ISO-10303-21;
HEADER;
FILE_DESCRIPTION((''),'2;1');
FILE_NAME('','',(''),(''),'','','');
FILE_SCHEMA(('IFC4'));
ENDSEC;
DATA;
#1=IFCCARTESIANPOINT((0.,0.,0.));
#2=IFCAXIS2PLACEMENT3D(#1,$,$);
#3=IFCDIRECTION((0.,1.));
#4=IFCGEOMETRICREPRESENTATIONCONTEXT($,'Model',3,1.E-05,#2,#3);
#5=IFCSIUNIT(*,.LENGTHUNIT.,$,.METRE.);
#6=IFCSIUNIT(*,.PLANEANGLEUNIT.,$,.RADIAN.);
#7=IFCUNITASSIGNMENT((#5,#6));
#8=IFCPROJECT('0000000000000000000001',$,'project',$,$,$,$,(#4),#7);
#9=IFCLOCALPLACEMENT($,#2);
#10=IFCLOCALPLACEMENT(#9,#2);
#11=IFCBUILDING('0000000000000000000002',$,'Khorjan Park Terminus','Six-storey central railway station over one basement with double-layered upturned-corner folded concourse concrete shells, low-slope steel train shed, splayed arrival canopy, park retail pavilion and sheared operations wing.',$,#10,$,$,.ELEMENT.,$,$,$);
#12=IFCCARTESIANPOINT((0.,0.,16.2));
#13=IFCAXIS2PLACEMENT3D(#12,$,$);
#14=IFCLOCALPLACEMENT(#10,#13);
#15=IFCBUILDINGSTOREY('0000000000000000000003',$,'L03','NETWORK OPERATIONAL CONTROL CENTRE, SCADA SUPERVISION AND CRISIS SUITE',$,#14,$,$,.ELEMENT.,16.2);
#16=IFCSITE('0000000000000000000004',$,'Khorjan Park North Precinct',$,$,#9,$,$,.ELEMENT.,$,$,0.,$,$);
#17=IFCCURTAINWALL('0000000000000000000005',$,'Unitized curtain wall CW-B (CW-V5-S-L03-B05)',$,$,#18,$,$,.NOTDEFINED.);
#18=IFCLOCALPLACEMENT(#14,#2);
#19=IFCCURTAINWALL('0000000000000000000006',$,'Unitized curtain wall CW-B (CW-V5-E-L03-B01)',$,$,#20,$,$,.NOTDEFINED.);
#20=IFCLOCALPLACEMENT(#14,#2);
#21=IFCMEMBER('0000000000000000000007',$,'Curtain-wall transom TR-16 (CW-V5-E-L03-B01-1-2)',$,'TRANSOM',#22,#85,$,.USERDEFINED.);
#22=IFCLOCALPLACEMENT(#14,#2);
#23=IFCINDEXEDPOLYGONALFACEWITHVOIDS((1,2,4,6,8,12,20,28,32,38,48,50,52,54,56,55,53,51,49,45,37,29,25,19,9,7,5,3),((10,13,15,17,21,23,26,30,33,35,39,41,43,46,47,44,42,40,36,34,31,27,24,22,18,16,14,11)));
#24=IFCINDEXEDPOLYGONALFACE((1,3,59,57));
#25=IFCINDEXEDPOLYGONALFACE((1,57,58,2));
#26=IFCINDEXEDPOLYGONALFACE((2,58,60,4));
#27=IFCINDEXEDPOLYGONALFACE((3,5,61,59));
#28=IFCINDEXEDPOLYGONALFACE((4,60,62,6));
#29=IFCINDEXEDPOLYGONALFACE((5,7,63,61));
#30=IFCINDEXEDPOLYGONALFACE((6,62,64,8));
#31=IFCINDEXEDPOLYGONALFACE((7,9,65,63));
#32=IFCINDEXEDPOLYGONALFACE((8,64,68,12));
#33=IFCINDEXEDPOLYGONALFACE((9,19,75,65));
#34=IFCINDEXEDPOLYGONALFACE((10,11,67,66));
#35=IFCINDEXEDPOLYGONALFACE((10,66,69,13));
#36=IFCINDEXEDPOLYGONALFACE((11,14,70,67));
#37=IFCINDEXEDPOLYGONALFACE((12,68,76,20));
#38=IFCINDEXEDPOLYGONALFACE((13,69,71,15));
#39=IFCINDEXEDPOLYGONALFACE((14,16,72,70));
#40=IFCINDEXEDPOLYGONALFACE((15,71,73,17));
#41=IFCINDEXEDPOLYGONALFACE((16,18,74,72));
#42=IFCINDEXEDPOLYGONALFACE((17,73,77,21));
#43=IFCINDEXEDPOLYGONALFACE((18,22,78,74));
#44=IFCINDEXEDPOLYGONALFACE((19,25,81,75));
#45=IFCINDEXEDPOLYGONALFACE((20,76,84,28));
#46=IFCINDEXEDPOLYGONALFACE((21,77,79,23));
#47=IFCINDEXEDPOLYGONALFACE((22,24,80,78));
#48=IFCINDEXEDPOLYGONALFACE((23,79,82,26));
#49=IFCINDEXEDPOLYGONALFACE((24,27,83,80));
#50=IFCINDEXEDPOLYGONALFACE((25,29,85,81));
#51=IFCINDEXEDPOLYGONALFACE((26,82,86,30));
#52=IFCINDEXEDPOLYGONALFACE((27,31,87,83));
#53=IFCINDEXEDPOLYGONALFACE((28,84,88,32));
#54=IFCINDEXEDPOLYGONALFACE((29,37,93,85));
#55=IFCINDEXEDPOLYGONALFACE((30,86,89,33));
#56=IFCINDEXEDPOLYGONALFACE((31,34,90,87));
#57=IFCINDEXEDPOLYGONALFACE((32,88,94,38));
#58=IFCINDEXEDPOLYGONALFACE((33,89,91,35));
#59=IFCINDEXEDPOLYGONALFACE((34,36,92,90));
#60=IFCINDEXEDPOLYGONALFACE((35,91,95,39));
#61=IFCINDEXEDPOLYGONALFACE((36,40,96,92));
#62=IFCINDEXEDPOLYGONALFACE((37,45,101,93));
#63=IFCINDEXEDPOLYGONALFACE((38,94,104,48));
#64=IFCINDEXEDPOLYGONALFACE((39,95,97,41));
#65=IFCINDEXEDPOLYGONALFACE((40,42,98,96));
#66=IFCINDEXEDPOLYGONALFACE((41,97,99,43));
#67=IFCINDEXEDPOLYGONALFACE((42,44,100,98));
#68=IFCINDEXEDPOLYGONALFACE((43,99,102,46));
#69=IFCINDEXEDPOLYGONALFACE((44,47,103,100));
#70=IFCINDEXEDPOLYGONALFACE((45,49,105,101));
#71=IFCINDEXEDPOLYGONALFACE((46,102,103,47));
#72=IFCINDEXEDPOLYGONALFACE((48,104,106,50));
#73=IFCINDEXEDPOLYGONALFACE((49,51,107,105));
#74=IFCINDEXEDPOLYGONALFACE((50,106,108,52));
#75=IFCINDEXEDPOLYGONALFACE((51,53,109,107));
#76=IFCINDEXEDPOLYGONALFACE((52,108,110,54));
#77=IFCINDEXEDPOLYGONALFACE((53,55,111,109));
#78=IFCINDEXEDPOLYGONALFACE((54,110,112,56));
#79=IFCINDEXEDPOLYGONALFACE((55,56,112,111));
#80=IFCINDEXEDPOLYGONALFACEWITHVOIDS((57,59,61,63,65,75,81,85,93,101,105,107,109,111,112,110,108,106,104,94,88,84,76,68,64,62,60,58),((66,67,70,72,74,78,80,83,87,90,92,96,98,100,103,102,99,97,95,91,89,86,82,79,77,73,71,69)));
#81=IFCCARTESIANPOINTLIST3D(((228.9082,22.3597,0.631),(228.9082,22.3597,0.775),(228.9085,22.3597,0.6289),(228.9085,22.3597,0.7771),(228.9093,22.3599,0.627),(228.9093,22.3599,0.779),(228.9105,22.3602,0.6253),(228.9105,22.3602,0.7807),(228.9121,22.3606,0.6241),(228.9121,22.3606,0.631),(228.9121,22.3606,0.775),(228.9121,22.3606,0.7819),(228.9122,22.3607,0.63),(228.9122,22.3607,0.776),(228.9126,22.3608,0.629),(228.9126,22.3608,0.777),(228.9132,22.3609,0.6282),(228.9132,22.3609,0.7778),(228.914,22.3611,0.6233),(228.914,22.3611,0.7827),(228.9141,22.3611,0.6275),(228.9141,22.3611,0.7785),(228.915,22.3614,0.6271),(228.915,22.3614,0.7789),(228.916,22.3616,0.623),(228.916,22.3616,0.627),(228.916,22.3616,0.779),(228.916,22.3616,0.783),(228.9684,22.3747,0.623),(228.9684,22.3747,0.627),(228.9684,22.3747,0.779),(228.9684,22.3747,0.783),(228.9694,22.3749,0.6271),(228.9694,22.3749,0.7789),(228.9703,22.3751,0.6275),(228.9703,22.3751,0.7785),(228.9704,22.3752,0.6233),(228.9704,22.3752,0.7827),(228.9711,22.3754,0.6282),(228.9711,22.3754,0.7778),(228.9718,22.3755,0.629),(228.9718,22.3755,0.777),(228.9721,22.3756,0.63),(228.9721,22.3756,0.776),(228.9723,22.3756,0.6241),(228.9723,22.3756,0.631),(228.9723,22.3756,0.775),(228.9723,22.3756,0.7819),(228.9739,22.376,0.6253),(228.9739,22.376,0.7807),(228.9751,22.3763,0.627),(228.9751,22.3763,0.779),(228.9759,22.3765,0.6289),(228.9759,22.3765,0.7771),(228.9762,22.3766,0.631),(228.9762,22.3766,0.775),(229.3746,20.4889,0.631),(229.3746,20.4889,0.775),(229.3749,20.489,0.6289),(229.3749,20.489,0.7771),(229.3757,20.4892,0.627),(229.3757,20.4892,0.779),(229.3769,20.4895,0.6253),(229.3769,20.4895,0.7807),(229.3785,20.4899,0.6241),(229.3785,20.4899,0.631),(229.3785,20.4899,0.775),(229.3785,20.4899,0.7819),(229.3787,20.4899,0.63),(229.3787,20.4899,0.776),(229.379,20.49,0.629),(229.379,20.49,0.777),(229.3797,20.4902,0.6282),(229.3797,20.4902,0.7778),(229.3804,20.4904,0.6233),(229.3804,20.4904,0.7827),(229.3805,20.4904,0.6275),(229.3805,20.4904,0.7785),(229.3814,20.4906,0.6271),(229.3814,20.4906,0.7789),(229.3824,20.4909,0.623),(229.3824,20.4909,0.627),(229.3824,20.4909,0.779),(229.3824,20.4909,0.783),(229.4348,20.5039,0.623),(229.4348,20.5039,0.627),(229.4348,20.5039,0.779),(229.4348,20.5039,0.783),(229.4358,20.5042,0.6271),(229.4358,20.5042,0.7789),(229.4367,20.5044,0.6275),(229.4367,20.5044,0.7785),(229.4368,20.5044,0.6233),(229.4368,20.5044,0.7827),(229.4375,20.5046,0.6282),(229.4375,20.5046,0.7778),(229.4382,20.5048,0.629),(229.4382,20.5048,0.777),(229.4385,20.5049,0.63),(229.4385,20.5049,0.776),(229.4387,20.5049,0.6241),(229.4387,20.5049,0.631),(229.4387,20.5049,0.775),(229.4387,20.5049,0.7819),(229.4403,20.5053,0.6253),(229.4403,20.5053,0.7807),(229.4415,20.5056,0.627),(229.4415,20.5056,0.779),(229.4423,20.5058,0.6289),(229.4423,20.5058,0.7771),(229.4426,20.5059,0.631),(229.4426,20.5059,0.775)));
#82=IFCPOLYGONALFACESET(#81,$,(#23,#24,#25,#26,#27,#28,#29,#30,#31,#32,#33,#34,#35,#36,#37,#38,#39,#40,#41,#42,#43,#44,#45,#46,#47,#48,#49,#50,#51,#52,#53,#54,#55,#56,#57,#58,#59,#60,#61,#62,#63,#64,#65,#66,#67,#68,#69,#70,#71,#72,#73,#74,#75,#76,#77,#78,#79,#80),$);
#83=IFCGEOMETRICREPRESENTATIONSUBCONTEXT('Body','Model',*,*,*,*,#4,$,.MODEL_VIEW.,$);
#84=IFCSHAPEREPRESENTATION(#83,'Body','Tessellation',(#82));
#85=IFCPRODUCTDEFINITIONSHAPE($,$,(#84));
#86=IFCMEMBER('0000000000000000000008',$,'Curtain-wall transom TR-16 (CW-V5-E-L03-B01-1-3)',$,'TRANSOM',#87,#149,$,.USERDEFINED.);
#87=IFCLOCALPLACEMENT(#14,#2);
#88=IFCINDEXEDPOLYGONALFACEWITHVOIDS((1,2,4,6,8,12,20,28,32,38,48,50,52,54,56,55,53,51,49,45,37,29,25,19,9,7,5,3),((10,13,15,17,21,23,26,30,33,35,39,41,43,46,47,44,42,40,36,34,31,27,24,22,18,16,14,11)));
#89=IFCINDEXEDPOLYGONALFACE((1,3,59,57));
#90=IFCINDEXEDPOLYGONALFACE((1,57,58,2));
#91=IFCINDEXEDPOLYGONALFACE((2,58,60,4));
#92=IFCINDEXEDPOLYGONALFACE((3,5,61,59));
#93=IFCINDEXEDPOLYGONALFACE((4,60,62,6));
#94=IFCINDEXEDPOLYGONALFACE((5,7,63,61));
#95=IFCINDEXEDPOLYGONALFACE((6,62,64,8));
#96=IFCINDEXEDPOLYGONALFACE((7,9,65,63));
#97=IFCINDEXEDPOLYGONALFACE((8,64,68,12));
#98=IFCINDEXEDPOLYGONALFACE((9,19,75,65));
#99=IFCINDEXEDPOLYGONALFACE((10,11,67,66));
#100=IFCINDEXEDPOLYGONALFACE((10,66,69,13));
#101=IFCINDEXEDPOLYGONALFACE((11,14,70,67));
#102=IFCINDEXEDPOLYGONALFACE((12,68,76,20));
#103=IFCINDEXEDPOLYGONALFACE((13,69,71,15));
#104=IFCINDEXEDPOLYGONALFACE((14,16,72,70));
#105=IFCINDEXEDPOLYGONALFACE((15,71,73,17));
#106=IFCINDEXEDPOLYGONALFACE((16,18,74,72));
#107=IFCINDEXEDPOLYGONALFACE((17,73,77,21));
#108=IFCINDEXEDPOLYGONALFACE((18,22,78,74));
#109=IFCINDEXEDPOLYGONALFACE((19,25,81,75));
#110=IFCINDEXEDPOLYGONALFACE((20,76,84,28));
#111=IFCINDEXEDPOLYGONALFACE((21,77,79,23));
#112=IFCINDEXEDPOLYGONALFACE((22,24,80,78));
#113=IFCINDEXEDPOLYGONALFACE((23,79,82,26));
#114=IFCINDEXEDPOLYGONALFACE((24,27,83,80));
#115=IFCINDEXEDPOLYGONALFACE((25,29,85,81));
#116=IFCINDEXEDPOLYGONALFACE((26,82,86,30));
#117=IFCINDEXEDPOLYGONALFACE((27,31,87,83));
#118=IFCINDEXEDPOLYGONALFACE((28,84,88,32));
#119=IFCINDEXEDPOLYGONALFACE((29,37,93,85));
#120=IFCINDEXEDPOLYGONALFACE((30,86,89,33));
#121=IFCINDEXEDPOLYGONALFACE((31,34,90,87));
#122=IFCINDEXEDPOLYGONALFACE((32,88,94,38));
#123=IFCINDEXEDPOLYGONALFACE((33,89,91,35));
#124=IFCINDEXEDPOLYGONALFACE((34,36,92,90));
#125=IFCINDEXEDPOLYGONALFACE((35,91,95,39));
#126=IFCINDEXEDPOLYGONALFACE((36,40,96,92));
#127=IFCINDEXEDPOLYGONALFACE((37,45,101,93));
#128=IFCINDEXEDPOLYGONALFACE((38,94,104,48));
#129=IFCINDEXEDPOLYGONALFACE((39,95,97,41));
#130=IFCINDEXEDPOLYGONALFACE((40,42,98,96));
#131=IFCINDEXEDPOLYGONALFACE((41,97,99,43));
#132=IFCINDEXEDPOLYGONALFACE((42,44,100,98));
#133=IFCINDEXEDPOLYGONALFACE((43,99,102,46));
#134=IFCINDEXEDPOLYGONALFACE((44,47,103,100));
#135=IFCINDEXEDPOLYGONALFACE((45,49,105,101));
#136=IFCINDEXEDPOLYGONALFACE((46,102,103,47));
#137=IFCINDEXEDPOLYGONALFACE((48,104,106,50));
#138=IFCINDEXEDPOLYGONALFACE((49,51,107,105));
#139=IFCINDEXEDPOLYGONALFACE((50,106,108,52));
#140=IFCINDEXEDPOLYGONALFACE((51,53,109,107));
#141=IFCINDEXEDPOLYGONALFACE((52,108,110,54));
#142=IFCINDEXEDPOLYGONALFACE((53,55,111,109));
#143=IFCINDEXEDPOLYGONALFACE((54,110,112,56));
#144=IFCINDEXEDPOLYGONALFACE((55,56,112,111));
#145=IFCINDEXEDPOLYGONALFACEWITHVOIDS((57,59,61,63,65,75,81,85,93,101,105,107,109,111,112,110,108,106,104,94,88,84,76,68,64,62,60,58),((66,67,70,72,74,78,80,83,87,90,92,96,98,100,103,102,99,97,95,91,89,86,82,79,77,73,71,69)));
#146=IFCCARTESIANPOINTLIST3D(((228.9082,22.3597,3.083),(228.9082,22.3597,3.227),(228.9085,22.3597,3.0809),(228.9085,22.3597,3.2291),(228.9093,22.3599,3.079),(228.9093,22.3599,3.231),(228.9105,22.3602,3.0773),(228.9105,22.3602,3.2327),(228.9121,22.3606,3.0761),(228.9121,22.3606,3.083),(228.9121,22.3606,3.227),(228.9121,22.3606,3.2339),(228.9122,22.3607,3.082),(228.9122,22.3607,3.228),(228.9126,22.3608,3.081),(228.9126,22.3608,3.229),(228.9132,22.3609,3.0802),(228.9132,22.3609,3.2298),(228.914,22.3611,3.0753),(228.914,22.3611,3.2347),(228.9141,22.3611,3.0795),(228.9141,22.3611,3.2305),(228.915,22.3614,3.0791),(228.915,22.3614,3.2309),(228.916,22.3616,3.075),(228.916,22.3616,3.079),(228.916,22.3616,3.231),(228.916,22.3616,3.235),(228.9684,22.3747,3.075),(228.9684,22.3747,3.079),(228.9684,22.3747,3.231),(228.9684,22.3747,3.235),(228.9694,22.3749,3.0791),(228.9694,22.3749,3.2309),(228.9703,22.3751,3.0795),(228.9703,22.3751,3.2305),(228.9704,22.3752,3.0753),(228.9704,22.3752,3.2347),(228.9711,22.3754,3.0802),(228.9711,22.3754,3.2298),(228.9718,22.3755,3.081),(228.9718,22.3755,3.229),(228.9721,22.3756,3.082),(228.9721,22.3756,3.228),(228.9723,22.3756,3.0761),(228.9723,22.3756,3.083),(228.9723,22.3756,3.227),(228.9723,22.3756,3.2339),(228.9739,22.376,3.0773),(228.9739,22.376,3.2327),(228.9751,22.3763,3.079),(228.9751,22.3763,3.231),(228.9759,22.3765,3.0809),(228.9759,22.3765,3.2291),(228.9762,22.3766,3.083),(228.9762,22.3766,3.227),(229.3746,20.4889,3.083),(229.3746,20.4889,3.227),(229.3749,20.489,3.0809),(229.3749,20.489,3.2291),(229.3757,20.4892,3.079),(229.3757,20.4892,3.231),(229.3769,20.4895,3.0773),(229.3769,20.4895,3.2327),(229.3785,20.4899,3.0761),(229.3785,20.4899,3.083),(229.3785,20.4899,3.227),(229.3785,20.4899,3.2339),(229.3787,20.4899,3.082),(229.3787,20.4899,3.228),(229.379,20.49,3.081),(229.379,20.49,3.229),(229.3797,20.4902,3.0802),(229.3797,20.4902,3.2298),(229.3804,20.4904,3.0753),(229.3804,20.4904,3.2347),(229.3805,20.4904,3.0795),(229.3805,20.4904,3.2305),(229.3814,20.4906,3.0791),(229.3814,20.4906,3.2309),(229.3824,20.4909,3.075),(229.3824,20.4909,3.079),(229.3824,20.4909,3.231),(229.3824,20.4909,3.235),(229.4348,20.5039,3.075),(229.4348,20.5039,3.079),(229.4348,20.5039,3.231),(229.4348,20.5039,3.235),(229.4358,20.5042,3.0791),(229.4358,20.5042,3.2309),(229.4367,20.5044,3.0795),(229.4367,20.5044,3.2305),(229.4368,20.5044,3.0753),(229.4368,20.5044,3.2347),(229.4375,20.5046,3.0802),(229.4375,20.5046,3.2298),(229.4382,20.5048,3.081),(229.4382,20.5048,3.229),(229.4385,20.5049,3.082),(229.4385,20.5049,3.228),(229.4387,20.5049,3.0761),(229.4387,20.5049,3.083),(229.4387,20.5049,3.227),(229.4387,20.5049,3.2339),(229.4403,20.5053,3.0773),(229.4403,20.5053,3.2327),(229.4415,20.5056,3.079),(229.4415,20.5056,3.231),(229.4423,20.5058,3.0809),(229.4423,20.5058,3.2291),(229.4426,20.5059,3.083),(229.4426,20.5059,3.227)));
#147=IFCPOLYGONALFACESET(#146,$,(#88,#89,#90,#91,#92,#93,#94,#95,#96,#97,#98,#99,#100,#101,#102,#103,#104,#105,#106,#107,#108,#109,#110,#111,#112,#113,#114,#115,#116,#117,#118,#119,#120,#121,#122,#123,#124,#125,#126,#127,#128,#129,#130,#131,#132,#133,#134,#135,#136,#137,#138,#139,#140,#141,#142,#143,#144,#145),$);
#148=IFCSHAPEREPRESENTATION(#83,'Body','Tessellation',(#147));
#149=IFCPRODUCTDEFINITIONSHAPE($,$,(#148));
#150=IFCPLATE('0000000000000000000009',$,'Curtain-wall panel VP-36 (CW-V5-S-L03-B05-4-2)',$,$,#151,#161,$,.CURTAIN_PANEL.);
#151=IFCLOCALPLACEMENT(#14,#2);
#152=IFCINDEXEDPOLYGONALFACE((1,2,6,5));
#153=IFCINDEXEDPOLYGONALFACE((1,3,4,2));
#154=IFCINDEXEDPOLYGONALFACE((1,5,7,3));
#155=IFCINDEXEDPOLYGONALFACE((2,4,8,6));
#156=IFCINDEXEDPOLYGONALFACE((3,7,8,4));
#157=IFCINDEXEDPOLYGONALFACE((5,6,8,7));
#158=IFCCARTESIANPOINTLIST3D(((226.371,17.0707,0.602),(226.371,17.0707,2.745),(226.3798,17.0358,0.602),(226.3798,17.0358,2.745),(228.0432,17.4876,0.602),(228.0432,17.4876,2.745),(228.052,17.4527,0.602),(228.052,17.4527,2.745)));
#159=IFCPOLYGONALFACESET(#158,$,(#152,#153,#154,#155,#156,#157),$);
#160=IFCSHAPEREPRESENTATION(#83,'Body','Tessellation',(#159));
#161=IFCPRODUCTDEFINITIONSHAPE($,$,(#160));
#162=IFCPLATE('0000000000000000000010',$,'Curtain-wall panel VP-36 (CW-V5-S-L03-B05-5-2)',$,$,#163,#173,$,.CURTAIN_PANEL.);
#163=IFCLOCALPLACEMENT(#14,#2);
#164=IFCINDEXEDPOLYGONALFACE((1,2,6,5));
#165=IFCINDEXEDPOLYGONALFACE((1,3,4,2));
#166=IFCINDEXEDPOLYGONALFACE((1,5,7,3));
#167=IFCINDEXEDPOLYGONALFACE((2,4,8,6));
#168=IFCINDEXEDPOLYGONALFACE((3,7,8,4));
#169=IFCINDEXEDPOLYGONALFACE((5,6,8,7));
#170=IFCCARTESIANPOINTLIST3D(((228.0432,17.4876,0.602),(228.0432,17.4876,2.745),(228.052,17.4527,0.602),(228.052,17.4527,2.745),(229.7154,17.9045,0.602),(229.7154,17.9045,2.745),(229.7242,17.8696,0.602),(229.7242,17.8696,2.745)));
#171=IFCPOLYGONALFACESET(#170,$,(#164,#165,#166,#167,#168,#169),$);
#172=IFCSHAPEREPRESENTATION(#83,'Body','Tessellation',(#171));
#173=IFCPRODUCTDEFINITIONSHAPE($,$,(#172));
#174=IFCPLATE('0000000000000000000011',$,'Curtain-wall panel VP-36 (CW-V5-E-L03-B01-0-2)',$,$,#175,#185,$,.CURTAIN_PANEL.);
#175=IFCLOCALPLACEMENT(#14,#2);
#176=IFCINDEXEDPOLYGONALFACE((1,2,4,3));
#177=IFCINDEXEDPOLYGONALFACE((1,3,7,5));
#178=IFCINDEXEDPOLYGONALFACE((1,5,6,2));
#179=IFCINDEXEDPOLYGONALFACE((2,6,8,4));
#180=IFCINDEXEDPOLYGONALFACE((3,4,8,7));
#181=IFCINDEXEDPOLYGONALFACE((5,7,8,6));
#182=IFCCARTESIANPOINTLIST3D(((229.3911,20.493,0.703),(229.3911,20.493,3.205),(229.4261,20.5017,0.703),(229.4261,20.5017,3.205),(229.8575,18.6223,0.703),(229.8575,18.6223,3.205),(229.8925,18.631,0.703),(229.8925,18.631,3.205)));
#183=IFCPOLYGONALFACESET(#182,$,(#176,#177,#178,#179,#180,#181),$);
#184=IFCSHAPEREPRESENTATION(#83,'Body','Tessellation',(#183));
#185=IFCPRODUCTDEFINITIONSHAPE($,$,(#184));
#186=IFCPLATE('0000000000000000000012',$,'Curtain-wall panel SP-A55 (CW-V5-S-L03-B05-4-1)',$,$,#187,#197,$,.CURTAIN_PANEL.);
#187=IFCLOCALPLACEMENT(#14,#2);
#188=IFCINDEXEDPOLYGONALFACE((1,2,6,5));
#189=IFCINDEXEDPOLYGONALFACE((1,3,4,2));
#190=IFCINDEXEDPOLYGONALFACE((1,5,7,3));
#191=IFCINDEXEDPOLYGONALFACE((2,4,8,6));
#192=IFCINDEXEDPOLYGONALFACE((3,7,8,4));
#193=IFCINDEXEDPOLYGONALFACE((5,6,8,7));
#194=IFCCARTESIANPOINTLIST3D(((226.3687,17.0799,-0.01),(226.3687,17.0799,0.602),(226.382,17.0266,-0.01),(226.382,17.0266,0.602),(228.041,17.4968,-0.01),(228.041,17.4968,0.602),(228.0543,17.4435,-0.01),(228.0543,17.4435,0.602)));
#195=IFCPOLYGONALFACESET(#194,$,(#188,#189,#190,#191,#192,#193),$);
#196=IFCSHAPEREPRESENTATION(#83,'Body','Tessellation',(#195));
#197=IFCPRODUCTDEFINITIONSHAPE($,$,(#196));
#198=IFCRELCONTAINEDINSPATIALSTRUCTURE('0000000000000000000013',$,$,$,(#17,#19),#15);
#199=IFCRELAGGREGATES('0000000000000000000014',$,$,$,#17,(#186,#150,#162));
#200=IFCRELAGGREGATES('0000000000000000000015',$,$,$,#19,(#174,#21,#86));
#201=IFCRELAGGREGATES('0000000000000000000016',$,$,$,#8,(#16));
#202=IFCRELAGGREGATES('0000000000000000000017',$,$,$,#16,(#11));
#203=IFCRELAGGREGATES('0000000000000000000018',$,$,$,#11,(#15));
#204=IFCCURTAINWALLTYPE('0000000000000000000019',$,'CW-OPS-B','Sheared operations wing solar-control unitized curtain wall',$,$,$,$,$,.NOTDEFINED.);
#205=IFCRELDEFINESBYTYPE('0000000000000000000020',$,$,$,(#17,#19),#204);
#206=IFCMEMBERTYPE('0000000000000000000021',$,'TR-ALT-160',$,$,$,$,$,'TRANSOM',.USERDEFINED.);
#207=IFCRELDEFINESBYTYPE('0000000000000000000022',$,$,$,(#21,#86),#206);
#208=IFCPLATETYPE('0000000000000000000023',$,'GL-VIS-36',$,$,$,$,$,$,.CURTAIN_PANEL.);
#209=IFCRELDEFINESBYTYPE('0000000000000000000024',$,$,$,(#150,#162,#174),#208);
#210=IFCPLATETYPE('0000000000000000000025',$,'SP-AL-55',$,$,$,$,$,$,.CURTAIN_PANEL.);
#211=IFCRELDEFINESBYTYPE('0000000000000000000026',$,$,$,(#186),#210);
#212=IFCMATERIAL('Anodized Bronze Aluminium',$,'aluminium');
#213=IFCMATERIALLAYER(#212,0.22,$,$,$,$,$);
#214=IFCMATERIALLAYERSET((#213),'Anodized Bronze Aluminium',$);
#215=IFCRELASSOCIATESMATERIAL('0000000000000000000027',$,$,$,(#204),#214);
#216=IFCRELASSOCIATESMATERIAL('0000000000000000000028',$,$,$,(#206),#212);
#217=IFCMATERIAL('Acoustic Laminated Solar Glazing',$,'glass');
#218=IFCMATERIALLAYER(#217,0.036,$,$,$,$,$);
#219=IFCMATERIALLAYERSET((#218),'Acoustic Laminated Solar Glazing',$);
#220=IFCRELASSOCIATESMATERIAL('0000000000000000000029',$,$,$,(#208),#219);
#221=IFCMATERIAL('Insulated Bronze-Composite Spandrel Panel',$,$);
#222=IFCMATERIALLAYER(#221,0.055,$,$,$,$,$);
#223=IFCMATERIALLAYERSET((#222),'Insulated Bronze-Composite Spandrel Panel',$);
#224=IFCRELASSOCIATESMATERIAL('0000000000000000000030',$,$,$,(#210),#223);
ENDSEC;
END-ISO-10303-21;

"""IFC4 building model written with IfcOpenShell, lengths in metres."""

from ifc_helpers import new_model, si_unit, direction, frame, origin, origin_2d, place, context, subcontext, project, spatial, rectangle, hollow_rectangle, extrude, material, layer, layer_set, material_profile, profile_set, type_object, element, aggregate, save


model = new_model("IFC4")

# Units and contexts
model_context = context("Model", 3, precision=1e-05, world=origin(), true_north=direction((0.0, 1.0)))
body_context = subcontext(model_context, "Body", "Model", "MODEL_VIEW")
ifc_project = project(units=[si_unit("LENGTHUNIT", "METRE"), si_unit("PLANEANGLEUNIT", "RADIAN")], contexts=[model_context])

# Site, building, storey
site_placement = place(None, origin())
site = spatial("IfcSite", under=ifc_project, at=site_placement, Name="Khorjan Park North Precinct", CompositionType="ELEMENT", RefElevation=0.0)
building_placement = place(site_placement, origin())
building = spatial("IfcBuilding", under=site, at=building_placement, Name="Khorjan Park Terminus", Description="Six-storey central railway station over one basement with double-layered upturned-corner folded concourse concrete shells, low-slope steel train shed, splayed arrival canopy, park retail pavilion and sheared operations wing.", CompositionType="ELEMENT")
storey_placement = place(building_placement, frame((0.0, 0.0, 16.2)))
storey = spatial("IfcBuildingStorey", under=building, at=storey_placement, Name="L03", Description="NETWORK OPERATIONAL CONTROL CENTRE, SCADA SUPERVISION AND CRISIS SUITE", CompositionType="ELEMENT", Elevation=16.2)

# Curtain walls
ifc_material_1 = material(Name="Anodized Bronze Aluminium", Category="aluminium")
ifc_layer_1 = layer(ifc_material_1, 0.22)
ifc_layer_set_1 = layer_set([ifc_layer_1], Name="Anodized Bronze Aluminium")
curtain_wall_type = type_object("IfcCurtainWallType", Name="CW-OPS-B", Description="Sheared operations wing solar-control unitized curtain wall", PredefinedType="NOTDEFINED", material=ifc_layer_set_1)
curtain_wall_1_placement = place(storey_placement, origin())
curtain_wall_1 = element("IfcCurtainWall", 1, at=curtain_wall_1_placement, inside=storey, type_object=curtain_wall_type, Name="Unitized curtain wall CW-B (CW-V5-S-L03-B05)", PredefinedType="NOTDEFINED")
curtain_wall_2_placement = place(storey_placement, origin())
curtain_wall_2 = element("IfcCurtainWall", 2, at=curtain_wall_2_placement, inside=storey, type_object=curtain_wall_type, Name="Unitized curtain wall CW-B (CW-V5-E-L03-B01)", PredefinedType="NOTDEFINED")

# Members
ifc_material_profile_1 = material_profile(ifc_material_1, hollow_rectangle(XDim=0.07, YDim=0.16, WallThickness=0.004, InnerFilletRadius=0.004, OuterFilletRadius=0.008, at=origin_2d()), Name="ALT 70x160x4")
ifc_profile_set_1 = profile_set([ifc_material_profile_1], Name="Anodized Bronze Aluminium")
member_type_1 = type_object("IfcMemberType", Name="TR-ALT-160", ElementType="TRANSOM", PredefinedType="USERDEFINED", material=ifc_profile_set_1)
member_1_placement = place(storey_placement, frame((229.4086, 20.4974, 0.703), z_axis=(-0.241913, 0.970298, 0.0), x_axis=(-0.970298, -0.241913, 0.0)))
member_1 = element("IfcMember", 3, at=member_1_placement, type_object=member_type_1, Name="Curtain-wall transom TR-16 (CW-V5-E-L03-B01-1-2)", ObjectType="TRANSOM", PredefinedType="USERDEFINED", context=body_context, shape_type="SweptSolid", body=[
    extrude(hollow_rectangle(XDim=0.07, YDim=0.16, WallThickness=0.004, InnerFilletRadius=0.004, OuterFilletRadius=0.008, at=origin_2d()), origin(), (0.0, 0.0, 1.0), 1.928),
])
member_2_placement = place(storey_placement, frame((229.4086, 20.4974, 3.155), z_axis=(-0.241913, 0.970298, 0.0), x_axis=(-0.970298, -0.241913, 0.0)))
member_2 = element("IfcMember", 4, at=member_2_placement, type_object=member_type_1, Name="Curtain-wall transom TR-16 (CW-V5-E-L03-B01-1-3)", ObjectType="TRANSOM", PredefinedType="USERDEFINED", context=body_context, shape_type="SweptSolid", body=[
    extrude(hollow_rectangle(XDim=0.07, YDim=0.16, WallThickness=0.004, InnerFilletRadius=0.004, OuterFilletRadius=0.008, at=origin_2d()), origin(), (0.0, 0.0, 1.0), 1.928),
])

# Plates
ifc_material_2 = material(Name="Acoustic Laminated Solar Glazing", Category="glass")
ifc_layer_2 = layer(ifc_material_2, 0.036)
ifc_layer_set_2 = layer_set([ifc_layer_2], Name="Acoustic Laminated Solar Glazing")
plate_type_1 = type_object("IfcPlateType", Name="GL-VIS-36", PredefinedType="CURTAIN_PANEL", material=ifc_layer_set_2)
plate_1_placement = place(storey_placement, frame((227.2115, 17.2617, 0.602), z_axis=(0.0, 0.0, 1.0), x_axis=(0.970296, 0.241919, 0.0)))
plate_1 = element("IfcPlate", 5, at=plate_1_placement, type_object=plate_type_1, Name="Curtain-wall panel VP-36 (CW-V5-S-L03-B05-4-2)", PredefinedType="CURTAIN_PANEL", context=body_context, shape_type="SweptSolid", body=[
    extrude(rectangle(XDim=1.7234, YDim=0.036, at=origin_2d()), origin(), (0.0, 0.0, 1.0), 2.143),
])
plate_2_placement = place(storey_placement, frame((228.8837, 17.6786, 0.602), z_axis=(0.0, 0.0, 1.0), x_axis=(0.970296, 0.241919, 0.0)))
plate_2 = element("IfcPlate", 6, at=plate_2_placement, type_object=plate_type_1, Name="Curtain-wall panel VP-36 (CW-V5-S-L03-B05-5-2)", PredefinedType="CURTAIN_PANEL", context=body_context, shape_type="SweptSolid", body=[
    extrude(rectangle(XDim=1.7234, YDim=0.036, at=origin_2d()), origin(), (0.0, 0.0, 1.0), 2.143),
])
plate_3_placement = place(storey_placement, frame((229.6418, 19.562, 0.703), z_axis=(0.0, 0.0, 1.0), x_axis=(-0.24192, 0.970296, 0.0)))
plate_3 = element("IfcPlate", 7, at=plate_3_placement, type_object=plate_type_1, Name="Curtain-wall panel VP-36 (CW-V5-E-L03-B01-0-2)", PredefinedType="CURTAIN_PANEL", context=body_context, shape_type="SweptSolid", body=[
    extrude(rectangle(XDim=1.928, YDim=0.036, at=origin_2d()), origin(), (0.0, 0.0, 1.0), 2.502),
])
ifc_material_3 = material(Name="Insulated Bronze-Composite Spandrel Panel")
ifc_layer_3 = layer(ifc_material_3, 0.055)
ifc_layer_set_3 = layer_set([ifc_layer_3], Name="Insulated Bronze-Composite Spandrel Panel")
plate_type_2 = type_object("IfcPlateType", Name="SP-AL-55", PredefinedType="CURTAIN_PANEL", material=ifc_layer_set_3)
plate_4_placement = place(storey_placement, frame((227.2115, 17.2617, -0.01), z_axis=(0.0, 0.0, 1.0), x_axis=(0.970296, 0.241919, 0.0)))
plate_4 = element("IfcPlate", 8, at=plate_4_placement, type_object=plate_type_2, Name="Curtain-wall panel SP-A55 (CW-V5-S-L03-B05-4-1)", PredefinedType="CURTAIN_PANEL", context=body_context, shape_type="SweptSolid", body=[
    extrude(rectangle(XDim=1.7234, YDim=0.055, at=origin_2d()), origin(), (0.0, 0.0, 1.0), 0.612),
])
aggregate(curtain_wall_1, [plate_4, plate_1, plate_2])
aggregate(curtain_wall_2, [plate_3, member_1, member_2])

save(model, "model.ifc")
